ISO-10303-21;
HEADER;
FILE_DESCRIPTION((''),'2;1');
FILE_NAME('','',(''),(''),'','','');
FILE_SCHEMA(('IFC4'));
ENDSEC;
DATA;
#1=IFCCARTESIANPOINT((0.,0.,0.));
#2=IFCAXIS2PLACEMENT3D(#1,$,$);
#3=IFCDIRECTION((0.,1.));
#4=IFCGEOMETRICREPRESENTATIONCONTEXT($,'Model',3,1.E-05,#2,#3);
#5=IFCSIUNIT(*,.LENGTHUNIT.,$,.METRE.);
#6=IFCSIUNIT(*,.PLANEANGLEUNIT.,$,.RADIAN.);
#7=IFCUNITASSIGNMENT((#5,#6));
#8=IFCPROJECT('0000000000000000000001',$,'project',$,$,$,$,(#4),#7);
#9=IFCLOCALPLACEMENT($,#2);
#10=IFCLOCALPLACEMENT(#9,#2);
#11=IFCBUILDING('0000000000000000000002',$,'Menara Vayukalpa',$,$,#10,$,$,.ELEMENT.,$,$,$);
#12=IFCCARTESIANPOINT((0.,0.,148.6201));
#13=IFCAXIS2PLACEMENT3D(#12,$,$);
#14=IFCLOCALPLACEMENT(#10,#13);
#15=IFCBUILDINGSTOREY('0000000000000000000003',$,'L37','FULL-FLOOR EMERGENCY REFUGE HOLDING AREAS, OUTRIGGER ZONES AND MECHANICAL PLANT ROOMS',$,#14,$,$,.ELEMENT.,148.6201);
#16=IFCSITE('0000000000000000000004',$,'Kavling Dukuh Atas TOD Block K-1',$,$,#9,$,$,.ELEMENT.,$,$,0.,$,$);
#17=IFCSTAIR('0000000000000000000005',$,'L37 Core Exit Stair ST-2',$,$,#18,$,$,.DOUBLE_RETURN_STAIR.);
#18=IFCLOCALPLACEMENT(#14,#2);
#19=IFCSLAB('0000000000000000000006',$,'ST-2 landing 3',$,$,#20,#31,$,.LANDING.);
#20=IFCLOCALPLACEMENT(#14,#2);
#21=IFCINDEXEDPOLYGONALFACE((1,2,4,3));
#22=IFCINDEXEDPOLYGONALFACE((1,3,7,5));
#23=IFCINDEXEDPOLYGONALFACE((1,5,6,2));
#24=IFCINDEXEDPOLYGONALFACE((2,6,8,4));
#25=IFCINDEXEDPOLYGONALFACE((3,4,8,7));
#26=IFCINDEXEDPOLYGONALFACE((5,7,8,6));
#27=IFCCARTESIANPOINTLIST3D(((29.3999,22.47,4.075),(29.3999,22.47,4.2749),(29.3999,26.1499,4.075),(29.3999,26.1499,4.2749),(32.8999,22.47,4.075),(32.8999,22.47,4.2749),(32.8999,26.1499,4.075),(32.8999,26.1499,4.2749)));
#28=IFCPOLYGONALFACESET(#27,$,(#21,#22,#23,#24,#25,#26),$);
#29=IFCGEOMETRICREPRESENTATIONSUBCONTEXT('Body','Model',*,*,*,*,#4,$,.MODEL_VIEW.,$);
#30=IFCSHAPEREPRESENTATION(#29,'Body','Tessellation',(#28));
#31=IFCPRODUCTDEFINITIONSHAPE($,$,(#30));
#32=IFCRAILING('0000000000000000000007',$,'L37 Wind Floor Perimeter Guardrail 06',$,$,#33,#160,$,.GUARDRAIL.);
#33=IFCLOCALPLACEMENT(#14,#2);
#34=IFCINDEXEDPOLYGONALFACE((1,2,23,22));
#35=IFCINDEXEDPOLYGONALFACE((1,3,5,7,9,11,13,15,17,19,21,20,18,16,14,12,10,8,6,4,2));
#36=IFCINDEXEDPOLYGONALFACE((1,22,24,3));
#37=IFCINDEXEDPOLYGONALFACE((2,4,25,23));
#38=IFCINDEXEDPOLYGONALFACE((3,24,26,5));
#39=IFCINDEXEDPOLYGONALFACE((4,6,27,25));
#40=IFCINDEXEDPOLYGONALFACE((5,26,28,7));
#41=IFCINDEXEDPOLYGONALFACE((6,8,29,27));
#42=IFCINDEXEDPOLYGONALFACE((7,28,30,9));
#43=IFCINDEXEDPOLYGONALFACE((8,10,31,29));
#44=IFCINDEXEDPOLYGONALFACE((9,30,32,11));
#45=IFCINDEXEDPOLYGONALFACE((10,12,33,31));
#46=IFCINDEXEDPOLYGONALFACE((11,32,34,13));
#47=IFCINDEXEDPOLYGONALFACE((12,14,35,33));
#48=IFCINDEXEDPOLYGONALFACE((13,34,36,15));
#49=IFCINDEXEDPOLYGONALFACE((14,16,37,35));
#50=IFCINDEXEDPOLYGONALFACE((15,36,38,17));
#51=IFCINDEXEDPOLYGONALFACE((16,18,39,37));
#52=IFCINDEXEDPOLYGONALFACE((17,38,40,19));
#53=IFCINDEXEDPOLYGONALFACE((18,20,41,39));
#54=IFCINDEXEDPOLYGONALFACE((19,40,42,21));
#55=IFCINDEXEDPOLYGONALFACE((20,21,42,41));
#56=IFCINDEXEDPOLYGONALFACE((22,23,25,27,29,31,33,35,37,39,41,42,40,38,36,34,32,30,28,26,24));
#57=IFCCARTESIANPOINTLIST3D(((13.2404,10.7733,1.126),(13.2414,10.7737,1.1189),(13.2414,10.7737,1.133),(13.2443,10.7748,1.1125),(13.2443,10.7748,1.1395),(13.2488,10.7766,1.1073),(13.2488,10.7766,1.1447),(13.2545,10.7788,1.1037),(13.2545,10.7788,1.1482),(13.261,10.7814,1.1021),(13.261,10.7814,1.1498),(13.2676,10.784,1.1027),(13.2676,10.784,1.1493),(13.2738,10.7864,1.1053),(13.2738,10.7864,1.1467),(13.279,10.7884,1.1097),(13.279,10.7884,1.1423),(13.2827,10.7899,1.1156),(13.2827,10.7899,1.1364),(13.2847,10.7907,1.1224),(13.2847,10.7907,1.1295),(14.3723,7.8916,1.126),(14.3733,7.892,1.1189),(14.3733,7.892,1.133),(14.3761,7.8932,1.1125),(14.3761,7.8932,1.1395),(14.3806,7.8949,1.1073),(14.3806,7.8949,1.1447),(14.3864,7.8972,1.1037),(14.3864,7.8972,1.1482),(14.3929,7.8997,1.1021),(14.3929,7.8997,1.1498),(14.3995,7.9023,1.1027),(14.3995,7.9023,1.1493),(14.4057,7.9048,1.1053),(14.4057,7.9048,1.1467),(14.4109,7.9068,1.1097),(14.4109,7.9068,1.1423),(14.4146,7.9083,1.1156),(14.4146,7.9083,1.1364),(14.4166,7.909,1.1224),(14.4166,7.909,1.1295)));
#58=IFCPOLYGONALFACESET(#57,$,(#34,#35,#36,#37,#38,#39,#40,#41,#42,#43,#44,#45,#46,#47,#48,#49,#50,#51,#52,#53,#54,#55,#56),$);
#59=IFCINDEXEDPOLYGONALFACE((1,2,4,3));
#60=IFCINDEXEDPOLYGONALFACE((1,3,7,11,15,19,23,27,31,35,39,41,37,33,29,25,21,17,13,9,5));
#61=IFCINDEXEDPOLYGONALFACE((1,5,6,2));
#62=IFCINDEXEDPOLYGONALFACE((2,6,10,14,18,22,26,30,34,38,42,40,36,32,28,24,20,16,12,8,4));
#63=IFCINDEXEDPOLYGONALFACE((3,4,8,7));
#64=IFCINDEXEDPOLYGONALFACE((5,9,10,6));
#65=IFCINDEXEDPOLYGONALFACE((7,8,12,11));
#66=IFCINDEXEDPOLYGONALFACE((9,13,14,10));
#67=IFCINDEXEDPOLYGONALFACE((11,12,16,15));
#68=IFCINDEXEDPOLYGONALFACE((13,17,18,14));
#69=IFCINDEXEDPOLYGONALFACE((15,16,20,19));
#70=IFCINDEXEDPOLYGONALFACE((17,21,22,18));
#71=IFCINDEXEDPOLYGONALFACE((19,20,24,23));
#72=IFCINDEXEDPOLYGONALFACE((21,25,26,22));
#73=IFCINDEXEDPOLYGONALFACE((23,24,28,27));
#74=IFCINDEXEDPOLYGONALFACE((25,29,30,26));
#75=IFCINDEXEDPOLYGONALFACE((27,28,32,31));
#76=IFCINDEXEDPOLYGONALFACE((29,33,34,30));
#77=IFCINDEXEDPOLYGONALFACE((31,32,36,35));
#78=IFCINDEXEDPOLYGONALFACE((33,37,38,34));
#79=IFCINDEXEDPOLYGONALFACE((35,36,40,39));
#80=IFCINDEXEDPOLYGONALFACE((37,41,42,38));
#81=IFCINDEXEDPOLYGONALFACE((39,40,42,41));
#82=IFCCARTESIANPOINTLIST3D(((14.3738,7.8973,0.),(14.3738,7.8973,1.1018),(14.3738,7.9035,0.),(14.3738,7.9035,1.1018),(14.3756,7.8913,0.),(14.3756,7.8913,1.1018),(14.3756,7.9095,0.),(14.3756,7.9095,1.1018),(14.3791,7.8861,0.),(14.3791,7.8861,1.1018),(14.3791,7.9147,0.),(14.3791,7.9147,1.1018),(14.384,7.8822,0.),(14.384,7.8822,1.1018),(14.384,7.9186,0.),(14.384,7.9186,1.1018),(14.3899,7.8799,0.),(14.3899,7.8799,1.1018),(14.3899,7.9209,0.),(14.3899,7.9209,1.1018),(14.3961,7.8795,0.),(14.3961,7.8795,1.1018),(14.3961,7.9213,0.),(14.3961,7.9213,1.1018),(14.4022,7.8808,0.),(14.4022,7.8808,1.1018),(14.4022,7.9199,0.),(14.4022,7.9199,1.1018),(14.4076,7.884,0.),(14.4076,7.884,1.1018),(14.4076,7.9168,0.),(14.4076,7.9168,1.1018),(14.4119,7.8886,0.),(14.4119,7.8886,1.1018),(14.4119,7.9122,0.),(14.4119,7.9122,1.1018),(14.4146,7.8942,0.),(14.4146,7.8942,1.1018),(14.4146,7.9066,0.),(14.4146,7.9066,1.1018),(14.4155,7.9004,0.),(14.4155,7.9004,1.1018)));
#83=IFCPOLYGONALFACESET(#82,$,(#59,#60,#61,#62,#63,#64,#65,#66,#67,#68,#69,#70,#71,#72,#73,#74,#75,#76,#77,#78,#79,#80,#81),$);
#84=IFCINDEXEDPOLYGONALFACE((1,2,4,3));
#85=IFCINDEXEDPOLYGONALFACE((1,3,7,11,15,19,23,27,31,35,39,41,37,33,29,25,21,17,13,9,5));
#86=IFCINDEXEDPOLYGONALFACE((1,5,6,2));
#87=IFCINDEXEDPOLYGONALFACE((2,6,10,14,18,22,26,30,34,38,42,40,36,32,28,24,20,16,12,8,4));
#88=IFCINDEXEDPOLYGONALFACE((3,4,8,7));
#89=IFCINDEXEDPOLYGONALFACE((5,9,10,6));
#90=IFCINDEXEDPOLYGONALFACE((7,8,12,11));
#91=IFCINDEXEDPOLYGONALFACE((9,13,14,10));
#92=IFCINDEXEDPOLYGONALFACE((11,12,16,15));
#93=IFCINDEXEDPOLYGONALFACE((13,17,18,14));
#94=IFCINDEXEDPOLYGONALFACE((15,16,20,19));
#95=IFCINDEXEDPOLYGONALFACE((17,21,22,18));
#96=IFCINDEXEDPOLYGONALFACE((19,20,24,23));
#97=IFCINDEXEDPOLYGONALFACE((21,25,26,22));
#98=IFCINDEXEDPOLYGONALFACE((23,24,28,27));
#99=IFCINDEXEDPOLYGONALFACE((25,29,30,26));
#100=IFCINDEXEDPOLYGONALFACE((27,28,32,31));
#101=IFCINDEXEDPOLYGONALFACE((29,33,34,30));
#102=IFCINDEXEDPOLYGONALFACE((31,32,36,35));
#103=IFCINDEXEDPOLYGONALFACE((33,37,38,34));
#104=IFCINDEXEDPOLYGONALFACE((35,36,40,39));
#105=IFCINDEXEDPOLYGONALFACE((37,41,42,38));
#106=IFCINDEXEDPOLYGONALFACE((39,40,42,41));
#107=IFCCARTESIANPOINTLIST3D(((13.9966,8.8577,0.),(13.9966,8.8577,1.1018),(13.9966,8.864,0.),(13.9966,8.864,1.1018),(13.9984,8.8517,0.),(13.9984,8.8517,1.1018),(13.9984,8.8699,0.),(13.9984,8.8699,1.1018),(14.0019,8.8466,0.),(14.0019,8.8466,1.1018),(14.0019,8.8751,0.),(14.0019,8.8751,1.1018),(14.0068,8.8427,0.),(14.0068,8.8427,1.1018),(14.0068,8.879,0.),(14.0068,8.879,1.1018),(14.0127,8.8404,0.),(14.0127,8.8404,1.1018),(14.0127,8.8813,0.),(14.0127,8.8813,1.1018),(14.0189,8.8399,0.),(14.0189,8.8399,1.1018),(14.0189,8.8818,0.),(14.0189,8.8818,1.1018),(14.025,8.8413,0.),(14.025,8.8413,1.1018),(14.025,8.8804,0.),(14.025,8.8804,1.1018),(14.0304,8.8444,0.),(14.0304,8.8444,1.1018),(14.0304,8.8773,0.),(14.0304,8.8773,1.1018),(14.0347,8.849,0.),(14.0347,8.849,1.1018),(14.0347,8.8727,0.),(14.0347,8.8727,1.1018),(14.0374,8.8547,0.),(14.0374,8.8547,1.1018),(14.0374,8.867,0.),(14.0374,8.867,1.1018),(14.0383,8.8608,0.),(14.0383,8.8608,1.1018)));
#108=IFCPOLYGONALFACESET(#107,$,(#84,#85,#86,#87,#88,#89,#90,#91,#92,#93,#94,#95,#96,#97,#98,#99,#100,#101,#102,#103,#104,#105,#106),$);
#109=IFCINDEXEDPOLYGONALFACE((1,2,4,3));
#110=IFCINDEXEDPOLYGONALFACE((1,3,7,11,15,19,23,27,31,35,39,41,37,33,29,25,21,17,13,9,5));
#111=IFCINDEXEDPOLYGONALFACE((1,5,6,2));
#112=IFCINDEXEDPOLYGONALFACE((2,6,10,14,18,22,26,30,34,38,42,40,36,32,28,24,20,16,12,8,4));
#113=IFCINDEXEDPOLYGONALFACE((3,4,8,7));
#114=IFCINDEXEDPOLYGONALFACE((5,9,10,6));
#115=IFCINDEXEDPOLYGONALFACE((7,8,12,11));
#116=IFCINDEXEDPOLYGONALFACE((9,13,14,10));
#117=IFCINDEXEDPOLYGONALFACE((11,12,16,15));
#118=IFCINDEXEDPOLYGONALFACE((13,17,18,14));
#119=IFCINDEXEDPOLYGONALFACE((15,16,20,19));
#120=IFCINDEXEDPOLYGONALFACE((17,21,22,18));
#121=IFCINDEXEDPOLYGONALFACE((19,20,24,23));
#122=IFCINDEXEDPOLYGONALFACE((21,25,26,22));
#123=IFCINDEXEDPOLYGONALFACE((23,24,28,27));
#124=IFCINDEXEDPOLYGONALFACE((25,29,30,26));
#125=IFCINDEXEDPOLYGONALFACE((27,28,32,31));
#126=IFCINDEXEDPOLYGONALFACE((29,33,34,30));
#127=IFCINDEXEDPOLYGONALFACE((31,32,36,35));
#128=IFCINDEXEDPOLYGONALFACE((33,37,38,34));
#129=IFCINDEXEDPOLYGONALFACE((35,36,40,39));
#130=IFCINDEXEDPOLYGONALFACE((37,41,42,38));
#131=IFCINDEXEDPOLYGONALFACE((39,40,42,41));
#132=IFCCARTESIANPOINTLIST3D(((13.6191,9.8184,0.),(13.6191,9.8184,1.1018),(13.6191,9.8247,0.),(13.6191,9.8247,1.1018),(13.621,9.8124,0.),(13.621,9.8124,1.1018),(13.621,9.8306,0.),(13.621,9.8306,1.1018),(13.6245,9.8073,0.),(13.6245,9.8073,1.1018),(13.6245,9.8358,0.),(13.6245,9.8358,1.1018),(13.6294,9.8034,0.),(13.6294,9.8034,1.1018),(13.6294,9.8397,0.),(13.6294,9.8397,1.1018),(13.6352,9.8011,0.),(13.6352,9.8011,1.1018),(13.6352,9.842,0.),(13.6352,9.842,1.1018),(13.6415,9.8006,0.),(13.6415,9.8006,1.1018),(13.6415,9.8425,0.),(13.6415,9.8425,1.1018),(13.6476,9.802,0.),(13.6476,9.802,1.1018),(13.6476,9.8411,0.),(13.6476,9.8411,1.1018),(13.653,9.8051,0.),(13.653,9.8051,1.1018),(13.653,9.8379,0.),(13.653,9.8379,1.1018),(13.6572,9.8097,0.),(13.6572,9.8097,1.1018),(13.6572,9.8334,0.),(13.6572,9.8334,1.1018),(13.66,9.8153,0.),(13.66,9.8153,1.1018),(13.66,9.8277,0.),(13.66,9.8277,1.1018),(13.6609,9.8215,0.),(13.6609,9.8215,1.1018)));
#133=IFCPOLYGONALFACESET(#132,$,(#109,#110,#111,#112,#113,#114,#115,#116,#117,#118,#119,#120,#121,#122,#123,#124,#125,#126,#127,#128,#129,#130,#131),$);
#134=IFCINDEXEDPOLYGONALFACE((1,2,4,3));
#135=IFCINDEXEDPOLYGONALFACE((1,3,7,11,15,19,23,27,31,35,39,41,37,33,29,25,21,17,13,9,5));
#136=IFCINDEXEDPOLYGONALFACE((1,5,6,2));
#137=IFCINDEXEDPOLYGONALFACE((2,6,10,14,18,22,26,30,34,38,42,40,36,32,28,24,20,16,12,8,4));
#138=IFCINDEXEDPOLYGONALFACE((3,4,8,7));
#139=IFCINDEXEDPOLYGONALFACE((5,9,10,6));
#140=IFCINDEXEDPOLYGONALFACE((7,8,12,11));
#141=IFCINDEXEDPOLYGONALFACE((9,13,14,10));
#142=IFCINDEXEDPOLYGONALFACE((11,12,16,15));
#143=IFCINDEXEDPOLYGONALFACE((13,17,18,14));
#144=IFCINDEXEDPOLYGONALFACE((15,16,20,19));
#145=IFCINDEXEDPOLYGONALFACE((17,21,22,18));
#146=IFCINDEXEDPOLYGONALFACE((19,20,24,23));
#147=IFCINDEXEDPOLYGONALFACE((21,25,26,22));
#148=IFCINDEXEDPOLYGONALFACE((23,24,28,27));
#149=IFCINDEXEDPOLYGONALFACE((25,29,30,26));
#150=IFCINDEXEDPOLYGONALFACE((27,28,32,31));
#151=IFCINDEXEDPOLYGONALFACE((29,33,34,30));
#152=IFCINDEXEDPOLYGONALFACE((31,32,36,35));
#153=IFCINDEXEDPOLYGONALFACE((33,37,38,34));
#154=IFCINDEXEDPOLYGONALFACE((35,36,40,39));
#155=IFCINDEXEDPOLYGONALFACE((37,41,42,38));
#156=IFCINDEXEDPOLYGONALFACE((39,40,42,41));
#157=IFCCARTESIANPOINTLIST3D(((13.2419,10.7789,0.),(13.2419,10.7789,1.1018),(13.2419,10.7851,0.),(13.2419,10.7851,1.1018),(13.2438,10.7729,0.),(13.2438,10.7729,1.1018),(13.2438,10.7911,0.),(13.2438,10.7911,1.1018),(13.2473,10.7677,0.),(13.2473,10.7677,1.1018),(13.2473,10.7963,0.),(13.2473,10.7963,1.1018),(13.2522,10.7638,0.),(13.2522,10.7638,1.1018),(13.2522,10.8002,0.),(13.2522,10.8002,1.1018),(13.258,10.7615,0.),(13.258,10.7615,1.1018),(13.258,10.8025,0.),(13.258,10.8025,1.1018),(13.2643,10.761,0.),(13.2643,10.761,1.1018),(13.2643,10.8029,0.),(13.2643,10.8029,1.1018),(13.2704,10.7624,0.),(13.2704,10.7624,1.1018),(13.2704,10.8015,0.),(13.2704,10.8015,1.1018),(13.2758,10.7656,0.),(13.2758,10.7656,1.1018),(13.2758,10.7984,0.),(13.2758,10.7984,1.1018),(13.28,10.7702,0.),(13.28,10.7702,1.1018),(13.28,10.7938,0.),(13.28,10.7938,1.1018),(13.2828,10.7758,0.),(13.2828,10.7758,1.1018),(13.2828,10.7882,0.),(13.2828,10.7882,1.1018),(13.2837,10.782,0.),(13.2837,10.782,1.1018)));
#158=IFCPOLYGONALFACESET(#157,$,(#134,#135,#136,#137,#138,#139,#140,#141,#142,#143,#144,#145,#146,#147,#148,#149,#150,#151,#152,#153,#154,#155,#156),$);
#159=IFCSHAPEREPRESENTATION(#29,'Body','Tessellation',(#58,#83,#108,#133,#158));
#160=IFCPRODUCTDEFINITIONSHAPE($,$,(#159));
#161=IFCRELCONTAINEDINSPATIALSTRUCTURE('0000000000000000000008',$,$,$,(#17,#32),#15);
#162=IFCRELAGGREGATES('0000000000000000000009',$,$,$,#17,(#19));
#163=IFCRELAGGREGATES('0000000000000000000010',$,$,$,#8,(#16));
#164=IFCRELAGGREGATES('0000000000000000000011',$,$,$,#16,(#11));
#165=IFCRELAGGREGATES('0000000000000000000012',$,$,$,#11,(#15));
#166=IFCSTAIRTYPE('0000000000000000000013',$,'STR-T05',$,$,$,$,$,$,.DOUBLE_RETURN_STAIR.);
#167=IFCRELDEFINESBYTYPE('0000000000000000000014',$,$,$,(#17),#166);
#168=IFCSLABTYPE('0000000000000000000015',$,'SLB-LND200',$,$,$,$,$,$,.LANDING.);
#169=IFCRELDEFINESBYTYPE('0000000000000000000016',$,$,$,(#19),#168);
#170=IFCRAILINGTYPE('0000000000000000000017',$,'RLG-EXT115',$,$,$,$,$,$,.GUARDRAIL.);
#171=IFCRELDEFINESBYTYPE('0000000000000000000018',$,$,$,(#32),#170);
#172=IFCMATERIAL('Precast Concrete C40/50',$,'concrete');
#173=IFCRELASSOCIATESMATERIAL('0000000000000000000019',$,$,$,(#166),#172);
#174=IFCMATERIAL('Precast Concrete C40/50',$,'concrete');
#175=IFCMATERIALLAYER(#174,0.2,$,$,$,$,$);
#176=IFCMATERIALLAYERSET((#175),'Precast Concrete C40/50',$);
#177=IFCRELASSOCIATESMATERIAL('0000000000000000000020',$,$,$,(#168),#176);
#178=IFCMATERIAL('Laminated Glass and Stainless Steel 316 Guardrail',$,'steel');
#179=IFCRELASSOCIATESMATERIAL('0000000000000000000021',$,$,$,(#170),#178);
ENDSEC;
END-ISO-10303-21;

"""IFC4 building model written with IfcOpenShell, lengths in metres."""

from ifc_helpers import new_model, si_unit, direction, frame, origin, origin_2d, place, context, subcontext, project, spatial, polyline, circle, outline, extrude, material, layer, layer_set, type_object, element, aggregate, save


model = new_model("IFC4")

# Units and contexts
model_context = context("Model", 3, precision=1e-05, world=origin(), true_north=direction((0.0, 1.0)))
body_context = subcontext(model_context, "Body", "Model", "MODEL_VIEW")
ifc_project = project(units=[si_unit("LENGTHUNIT", "METRE"), si_unit("PLANEANGLEUNIT", "RADIAN")], contexts=[model_context])

# Site, building, storey
site_placement = place(None, origin())
site = spatial("IfcSite", under=ifc_project, at=site_placement, Name="Kavling Dukuh Atas TOD Block K-1", CompositionType="ELEMENT", RefElevation=0.0)
building_placement = place(site_placement, origin())
building = spatial("IfcBuilding", under=site, at=building_placement, Name="Menara Vayukalpa", CompositionType="ELEMENT")
storey_placement = place(building_placement, frame((0.0, 0.0, 148.6201)))
storey = spatial("IfcBuildingStorey", under=building, at=storey_placement, Name="L37", Description="FULL-FLOOR EMERGENCY REFUGE HOLDING AREAS, OUTRIGGER ZONES AND MECHANICAL PLANT ROOMS", CompositionType="ELEMENT", Elevation=148.6201)

# Stair, slab
ifc_material_1 = material(Name="Precast Concrete C40/50", Category="concrete")
stair_type = type_object("IfcStairType", Name="STR-T05", PredefinedType="DOUBLE_RETURN_STAIR", material=ifc_material_1)
ifc_material_2 = material(Name="Precast Concrete C40/50", Category="concrete")
ifc_layer_1 = layer(ifc_material_2, 0.2)
ifc_layer_set_1 = layer_set([ifc_layer_1], Name="Precast Concrete C40/50")
slab_type_1 = type_object("IfcSlabType", Name="SLB-LND200", PredefinedType="LANDING", material=ifc_layer_set_1)
stair_1_placement = place(storey_placement, origin())
stair_1 = element("IfcStair", 1, at=stair_1_placement, inside=storey, type_object=stair_type, Name="L37 Core Exit Stair ST-2", PredefinedType="DOUBLE_RETURN_STAIR")
slab_1_placement = place(storey_placement, frame((0.0, 0.0, 4.075)))
slab_1 = element("IfcSlab", 2, at=slab_1_placement, type_object=slab_type_1, Name="ST-2 landing 3", PredefinedType="LANDING", context=body_context, shape_type="SweptSolid", body=[
    extrude(outline(polyline([(32.8999, 22.47), (32.8999, 26.1499), (29.3999, 26.1499), (29.3999, 22.47), (32.8999, 22.47)])), origin(), (0.0, 0.0, 1.0), 0.2),
])
aggregate(stair_1, [slab_1])

# Railing
ifc_material_3 = material(Name="Laminated Glass and Stainless Steel 316 Guardrail", Category="steel")
railing_type = type_object("IfcRailingType", Name="RLG-EXT115", PredefinedType="GUARDRAIL", material=ifc_material_3)
railing_1_placement = place(storey_placement, frame((14.3945, 7.9004, 0.0)))
element("IfcRailing", 3, at=railing_1_placement, inside=storey, type_object=railing_type, Name="L37 Wind Floor Perimeter Guardrail 06", PredefinedType="GUARDRAIL", context=body_context, shape_type="SweptSolid", body=[
    extrude(circle(Radius=0.0239, at=origin_2d()), frame((0.0, 0.0, 1.126), z_axis=(-0.365591, 0.930775, 0.0), x_axis=(-0.930775, -0.365591, 0.0)), (0.0, 0.0, 1.0), 3.0959),
    extrude(circle(Radius=0.021, at=origin_2d()), origin(), (0.0, 0.0, 1.0), 1.1018),
    extrude(circle(Radius=0.021, at=origin_2d()), frame((-0.3772, 0.9604, 0.0)), (0.0, 0.0, 1.0), 1.1018),
    extrude(circle(Radius=0.021, at=origin_2d()), frame((-0.7546, 1.9211, 0.0)), (0.0, 0.0, 1.0), 1.1018),
    extrude(circle(Radius=0.021, at=origin_2d()), frame((-1.1318, 2.8816, 0.0)), (0.0, 0.0, 1.0), 1.1018),
])

save(model, "model.ifc")
